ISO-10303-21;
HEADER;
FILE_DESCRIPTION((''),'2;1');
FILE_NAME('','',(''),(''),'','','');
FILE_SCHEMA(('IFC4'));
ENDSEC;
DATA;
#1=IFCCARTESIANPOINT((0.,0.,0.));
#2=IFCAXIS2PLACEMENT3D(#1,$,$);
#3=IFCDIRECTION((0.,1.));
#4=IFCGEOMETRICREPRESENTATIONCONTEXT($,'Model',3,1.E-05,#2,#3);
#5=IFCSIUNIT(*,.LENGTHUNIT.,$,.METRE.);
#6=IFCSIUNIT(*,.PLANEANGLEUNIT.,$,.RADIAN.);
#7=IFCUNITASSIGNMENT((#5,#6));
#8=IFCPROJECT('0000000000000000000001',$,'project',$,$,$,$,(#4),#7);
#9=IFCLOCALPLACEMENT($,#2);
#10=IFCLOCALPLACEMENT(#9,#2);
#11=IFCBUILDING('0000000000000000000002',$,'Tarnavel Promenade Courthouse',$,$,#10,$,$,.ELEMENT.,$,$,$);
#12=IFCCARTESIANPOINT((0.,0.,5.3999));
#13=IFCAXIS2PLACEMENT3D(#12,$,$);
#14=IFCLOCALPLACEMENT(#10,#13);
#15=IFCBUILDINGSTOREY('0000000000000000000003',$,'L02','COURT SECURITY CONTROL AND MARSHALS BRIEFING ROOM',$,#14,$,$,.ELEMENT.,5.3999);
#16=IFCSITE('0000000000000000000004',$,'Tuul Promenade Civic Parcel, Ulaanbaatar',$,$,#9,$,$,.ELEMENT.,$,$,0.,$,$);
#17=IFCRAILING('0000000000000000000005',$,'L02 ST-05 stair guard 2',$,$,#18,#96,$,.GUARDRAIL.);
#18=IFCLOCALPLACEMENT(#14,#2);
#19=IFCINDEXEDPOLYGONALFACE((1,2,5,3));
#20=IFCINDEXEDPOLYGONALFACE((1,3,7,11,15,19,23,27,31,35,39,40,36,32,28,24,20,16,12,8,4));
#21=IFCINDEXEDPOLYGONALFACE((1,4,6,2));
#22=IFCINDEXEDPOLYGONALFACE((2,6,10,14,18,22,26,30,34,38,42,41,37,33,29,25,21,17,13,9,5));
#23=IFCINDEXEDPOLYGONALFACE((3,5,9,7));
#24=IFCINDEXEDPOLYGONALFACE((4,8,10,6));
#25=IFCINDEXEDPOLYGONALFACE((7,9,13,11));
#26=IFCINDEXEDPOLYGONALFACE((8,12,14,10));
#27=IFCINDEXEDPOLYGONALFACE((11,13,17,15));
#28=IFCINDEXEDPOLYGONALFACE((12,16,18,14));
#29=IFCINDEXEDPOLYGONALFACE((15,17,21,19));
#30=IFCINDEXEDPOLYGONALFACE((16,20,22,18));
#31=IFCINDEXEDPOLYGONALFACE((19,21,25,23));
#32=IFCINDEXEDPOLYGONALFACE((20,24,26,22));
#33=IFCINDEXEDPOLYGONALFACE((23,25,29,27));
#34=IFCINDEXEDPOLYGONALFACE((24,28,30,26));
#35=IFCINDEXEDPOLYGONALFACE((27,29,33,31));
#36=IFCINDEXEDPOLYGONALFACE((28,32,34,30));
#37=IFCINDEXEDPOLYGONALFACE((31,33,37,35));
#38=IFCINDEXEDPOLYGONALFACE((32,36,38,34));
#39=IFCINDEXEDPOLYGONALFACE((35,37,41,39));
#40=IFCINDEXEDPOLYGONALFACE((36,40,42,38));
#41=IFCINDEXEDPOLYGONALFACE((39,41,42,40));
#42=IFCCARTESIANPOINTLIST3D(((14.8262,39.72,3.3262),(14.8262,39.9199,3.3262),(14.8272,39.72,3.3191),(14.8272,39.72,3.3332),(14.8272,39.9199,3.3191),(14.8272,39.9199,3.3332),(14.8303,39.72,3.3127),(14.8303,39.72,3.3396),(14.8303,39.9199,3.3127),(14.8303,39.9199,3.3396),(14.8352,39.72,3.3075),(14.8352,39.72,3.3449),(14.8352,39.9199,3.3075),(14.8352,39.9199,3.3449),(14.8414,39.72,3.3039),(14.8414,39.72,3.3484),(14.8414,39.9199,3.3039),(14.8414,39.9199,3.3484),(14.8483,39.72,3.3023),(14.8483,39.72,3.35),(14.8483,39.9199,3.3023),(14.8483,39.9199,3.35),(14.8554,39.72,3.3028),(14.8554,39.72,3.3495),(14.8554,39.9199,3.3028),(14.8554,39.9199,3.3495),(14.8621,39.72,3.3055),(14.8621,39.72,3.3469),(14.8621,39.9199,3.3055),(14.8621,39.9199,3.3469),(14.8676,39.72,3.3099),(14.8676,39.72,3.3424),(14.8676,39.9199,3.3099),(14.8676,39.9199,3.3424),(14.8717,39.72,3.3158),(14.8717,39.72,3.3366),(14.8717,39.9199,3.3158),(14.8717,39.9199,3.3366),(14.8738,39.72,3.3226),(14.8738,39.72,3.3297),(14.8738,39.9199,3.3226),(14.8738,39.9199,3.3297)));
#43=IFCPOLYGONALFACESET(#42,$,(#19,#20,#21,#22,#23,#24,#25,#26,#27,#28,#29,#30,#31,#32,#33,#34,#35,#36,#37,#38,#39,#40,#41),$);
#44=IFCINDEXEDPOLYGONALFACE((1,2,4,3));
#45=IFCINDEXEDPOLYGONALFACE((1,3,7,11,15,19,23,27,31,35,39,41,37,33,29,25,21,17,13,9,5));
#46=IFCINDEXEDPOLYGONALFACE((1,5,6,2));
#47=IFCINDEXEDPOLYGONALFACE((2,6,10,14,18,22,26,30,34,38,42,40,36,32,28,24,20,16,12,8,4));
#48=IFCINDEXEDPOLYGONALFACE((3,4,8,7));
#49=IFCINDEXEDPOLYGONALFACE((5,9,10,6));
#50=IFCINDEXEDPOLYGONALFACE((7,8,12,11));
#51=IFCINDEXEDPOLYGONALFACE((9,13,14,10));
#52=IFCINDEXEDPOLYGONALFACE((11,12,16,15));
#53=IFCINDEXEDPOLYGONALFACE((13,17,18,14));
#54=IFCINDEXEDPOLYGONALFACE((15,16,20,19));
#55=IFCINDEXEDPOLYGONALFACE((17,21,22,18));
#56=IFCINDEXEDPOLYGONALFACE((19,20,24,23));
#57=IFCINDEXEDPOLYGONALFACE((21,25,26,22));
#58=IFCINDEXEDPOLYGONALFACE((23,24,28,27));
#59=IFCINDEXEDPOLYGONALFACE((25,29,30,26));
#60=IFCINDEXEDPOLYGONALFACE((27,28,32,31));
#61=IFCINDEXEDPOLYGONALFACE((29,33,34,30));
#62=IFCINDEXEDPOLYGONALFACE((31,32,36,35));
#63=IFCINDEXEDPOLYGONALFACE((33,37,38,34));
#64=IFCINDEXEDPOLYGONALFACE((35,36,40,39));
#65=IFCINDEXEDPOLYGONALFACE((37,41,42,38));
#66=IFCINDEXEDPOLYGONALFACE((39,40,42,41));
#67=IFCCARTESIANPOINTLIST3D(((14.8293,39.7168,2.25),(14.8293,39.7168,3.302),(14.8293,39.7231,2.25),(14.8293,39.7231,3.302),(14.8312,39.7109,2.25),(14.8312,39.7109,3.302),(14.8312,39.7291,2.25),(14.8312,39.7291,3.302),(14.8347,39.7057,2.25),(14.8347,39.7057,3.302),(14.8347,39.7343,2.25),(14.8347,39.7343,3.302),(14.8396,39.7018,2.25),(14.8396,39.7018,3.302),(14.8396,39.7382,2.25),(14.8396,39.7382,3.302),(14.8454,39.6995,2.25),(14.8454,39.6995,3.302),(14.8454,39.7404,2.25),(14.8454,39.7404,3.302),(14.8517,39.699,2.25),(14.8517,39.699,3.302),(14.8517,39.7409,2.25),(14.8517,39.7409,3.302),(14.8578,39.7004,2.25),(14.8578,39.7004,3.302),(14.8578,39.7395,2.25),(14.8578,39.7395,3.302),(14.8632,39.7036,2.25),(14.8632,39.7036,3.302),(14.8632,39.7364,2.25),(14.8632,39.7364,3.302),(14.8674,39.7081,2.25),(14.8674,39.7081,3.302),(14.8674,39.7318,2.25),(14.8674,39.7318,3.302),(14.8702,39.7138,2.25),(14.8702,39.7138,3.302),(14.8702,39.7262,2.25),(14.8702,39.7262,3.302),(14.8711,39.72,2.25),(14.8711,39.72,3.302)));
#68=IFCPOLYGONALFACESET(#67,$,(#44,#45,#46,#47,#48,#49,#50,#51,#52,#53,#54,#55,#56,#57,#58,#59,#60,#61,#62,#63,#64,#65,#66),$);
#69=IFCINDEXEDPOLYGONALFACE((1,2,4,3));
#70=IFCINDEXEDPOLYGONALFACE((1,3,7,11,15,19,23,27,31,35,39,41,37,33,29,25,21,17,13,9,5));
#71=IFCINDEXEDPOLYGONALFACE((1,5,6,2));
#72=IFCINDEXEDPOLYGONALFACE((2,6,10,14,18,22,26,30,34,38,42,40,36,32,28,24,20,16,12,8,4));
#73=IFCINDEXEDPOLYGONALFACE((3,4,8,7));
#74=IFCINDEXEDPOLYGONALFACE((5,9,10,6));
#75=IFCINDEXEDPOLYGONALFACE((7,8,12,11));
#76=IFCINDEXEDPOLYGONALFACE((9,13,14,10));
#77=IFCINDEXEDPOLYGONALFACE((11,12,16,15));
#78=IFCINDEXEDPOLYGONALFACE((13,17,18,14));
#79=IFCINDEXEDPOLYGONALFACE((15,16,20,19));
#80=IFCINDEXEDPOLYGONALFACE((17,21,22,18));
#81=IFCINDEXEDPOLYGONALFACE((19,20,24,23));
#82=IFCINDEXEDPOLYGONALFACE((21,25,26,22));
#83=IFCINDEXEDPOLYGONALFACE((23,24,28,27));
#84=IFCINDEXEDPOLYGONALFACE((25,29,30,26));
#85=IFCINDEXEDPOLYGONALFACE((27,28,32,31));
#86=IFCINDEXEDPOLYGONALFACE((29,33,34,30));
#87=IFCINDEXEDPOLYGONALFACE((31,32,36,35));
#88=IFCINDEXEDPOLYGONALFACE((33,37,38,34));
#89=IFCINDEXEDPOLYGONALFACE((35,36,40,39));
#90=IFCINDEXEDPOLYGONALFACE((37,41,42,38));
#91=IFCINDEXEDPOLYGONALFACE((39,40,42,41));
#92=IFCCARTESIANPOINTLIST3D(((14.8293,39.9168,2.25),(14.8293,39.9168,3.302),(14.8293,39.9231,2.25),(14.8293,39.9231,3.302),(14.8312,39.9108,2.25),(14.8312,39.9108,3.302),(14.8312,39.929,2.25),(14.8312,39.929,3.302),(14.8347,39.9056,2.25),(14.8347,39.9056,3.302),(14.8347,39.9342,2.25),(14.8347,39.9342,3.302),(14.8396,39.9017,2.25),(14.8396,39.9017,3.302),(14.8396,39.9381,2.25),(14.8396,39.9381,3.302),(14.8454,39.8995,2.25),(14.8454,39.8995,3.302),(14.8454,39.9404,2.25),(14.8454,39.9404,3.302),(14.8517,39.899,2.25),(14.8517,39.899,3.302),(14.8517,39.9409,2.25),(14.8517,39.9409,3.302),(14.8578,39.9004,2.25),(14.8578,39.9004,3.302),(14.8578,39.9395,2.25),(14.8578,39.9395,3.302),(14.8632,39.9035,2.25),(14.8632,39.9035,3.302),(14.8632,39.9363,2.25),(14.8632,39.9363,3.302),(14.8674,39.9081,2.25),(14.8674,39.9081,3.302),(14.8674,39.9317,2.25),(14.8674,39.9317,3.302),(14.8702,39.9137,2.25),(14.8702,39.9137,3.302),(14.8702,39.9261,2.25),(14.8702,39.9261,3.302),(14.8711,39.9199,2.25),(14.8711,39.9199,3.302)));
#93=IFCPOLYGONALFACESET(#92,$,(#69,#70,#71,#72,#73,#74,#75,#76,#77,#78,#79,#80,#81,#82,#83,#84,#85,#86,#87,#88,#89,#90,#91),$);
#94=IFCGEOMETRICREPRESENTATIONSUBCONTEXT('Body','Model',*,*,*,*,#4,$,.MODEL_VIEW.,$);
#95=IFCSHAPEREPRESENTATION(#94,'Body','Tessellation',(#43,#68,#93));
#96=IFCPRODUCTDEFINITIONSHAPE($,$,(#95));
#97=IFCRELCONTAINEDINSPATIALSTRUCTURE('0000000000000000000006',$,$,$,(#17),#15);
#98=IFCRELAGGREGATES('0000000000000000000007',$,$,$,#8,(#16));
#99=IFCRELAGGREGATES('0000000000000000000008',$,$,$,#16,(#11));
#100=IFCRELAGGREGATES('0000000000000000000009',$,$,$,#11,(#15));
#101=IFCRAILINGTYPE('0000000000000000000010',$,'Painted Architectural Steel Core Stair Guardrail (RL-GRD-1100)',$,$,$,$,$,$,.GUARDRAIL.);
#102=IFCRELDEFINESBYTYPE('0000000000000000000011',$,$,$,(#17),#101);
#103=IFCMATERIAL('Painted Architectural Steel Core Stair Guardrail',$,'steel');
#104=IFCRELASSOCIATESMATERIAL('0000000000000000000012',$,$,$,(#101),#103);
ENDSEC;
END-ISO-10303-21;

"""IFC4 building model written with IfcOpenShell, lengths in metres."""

from ifc_helpers import new_model, si_unit, direction, frame, origin, origin_2d, place, context, subcontext, project, spatial, circle, extrude, material, type_object, element, save


model = new_model("IFC4")

# Units and contexts
model_context = context("Model", 3, precision=1e-05, world=origin(), true_north=direction((0.0, 1.0)))
body_context = subcontext(model_context, "Body", "Model", "MODEL_VIEW")
ifc_project = project(units=[si_unit("LENGTHUNIT", "METRE"), si_unit("PLANEANGLEUNIT", "RADIAN")], contexts=[model_context])

# Site, building, storey
site_placement = place(None, origin())
site = spatial("IfcSite", under=ifc_project, at=site_placement, Name="Tuul Promenade Civic Parcel, Ulaanbaatar", CompositionType="ELEMENT", RefElevation=0.0)
building_placement = place(site_placement, origin())
building = spatial("IfcBuilding", under=site, at=building_placement, Name="Tarnavel Promenade Courthouse", CompositionType="ELEMENT")
storey_placement = place(building_placement, frame((0.0, 0.0, 5.3999)))
storey = spatial("IfcBuildingStorey", under=building, at=storey_placement, Name="L02", Description="COURT SECURITY CONTROL AND MARSHALS BRIEFING ROOM", CompositionType="ELEMENT", Elevation=5.3999)

# Railing
ifc_material_1 = material(Name="Painted Architectural Steel Core Stair Guardrail", Category="steel")
railing_type_1 = type_object("IfcRailingType", Name="Painted Architectural Steel Core Stair Guardrail (RL-GRD-1100)", PredefinedType="GUARDRAIL", material=ifc_material_1)
railing_1_placement = place(storey_placement, frame((14.8501, 39.72, 2.25)))
element("IfcRailing", 1, at=railing_1_placement, inside=storey, type_object=railing_type_1, Name="L02 ST-05 stair guard 2", PredefinedType="GUARDRAIL", context=body_context, shape_type="SweptSolid", body=[
    extrude(circle(Radius=0.0239, at=origin_2d()), frame((0.0, 0.0, 1.0762), z_axis=(0.0, 1.0, 0.0), x_axis=(-1.0, 0.0, 0.0)), (0.0, 0.0, 1.0), 0.2),
    extrude(circle(Radius=0.021, at=origin_2d()), origin(), (0.0, 0.0, 1.0), 1.052),
    extrude(circle(Radius=0.021, at=origin_2d()), frame((0.0, 0.2, 0.0)), (0.0, 0.0, 1.0), 1.052),
])

save(model, "model.ifc")
